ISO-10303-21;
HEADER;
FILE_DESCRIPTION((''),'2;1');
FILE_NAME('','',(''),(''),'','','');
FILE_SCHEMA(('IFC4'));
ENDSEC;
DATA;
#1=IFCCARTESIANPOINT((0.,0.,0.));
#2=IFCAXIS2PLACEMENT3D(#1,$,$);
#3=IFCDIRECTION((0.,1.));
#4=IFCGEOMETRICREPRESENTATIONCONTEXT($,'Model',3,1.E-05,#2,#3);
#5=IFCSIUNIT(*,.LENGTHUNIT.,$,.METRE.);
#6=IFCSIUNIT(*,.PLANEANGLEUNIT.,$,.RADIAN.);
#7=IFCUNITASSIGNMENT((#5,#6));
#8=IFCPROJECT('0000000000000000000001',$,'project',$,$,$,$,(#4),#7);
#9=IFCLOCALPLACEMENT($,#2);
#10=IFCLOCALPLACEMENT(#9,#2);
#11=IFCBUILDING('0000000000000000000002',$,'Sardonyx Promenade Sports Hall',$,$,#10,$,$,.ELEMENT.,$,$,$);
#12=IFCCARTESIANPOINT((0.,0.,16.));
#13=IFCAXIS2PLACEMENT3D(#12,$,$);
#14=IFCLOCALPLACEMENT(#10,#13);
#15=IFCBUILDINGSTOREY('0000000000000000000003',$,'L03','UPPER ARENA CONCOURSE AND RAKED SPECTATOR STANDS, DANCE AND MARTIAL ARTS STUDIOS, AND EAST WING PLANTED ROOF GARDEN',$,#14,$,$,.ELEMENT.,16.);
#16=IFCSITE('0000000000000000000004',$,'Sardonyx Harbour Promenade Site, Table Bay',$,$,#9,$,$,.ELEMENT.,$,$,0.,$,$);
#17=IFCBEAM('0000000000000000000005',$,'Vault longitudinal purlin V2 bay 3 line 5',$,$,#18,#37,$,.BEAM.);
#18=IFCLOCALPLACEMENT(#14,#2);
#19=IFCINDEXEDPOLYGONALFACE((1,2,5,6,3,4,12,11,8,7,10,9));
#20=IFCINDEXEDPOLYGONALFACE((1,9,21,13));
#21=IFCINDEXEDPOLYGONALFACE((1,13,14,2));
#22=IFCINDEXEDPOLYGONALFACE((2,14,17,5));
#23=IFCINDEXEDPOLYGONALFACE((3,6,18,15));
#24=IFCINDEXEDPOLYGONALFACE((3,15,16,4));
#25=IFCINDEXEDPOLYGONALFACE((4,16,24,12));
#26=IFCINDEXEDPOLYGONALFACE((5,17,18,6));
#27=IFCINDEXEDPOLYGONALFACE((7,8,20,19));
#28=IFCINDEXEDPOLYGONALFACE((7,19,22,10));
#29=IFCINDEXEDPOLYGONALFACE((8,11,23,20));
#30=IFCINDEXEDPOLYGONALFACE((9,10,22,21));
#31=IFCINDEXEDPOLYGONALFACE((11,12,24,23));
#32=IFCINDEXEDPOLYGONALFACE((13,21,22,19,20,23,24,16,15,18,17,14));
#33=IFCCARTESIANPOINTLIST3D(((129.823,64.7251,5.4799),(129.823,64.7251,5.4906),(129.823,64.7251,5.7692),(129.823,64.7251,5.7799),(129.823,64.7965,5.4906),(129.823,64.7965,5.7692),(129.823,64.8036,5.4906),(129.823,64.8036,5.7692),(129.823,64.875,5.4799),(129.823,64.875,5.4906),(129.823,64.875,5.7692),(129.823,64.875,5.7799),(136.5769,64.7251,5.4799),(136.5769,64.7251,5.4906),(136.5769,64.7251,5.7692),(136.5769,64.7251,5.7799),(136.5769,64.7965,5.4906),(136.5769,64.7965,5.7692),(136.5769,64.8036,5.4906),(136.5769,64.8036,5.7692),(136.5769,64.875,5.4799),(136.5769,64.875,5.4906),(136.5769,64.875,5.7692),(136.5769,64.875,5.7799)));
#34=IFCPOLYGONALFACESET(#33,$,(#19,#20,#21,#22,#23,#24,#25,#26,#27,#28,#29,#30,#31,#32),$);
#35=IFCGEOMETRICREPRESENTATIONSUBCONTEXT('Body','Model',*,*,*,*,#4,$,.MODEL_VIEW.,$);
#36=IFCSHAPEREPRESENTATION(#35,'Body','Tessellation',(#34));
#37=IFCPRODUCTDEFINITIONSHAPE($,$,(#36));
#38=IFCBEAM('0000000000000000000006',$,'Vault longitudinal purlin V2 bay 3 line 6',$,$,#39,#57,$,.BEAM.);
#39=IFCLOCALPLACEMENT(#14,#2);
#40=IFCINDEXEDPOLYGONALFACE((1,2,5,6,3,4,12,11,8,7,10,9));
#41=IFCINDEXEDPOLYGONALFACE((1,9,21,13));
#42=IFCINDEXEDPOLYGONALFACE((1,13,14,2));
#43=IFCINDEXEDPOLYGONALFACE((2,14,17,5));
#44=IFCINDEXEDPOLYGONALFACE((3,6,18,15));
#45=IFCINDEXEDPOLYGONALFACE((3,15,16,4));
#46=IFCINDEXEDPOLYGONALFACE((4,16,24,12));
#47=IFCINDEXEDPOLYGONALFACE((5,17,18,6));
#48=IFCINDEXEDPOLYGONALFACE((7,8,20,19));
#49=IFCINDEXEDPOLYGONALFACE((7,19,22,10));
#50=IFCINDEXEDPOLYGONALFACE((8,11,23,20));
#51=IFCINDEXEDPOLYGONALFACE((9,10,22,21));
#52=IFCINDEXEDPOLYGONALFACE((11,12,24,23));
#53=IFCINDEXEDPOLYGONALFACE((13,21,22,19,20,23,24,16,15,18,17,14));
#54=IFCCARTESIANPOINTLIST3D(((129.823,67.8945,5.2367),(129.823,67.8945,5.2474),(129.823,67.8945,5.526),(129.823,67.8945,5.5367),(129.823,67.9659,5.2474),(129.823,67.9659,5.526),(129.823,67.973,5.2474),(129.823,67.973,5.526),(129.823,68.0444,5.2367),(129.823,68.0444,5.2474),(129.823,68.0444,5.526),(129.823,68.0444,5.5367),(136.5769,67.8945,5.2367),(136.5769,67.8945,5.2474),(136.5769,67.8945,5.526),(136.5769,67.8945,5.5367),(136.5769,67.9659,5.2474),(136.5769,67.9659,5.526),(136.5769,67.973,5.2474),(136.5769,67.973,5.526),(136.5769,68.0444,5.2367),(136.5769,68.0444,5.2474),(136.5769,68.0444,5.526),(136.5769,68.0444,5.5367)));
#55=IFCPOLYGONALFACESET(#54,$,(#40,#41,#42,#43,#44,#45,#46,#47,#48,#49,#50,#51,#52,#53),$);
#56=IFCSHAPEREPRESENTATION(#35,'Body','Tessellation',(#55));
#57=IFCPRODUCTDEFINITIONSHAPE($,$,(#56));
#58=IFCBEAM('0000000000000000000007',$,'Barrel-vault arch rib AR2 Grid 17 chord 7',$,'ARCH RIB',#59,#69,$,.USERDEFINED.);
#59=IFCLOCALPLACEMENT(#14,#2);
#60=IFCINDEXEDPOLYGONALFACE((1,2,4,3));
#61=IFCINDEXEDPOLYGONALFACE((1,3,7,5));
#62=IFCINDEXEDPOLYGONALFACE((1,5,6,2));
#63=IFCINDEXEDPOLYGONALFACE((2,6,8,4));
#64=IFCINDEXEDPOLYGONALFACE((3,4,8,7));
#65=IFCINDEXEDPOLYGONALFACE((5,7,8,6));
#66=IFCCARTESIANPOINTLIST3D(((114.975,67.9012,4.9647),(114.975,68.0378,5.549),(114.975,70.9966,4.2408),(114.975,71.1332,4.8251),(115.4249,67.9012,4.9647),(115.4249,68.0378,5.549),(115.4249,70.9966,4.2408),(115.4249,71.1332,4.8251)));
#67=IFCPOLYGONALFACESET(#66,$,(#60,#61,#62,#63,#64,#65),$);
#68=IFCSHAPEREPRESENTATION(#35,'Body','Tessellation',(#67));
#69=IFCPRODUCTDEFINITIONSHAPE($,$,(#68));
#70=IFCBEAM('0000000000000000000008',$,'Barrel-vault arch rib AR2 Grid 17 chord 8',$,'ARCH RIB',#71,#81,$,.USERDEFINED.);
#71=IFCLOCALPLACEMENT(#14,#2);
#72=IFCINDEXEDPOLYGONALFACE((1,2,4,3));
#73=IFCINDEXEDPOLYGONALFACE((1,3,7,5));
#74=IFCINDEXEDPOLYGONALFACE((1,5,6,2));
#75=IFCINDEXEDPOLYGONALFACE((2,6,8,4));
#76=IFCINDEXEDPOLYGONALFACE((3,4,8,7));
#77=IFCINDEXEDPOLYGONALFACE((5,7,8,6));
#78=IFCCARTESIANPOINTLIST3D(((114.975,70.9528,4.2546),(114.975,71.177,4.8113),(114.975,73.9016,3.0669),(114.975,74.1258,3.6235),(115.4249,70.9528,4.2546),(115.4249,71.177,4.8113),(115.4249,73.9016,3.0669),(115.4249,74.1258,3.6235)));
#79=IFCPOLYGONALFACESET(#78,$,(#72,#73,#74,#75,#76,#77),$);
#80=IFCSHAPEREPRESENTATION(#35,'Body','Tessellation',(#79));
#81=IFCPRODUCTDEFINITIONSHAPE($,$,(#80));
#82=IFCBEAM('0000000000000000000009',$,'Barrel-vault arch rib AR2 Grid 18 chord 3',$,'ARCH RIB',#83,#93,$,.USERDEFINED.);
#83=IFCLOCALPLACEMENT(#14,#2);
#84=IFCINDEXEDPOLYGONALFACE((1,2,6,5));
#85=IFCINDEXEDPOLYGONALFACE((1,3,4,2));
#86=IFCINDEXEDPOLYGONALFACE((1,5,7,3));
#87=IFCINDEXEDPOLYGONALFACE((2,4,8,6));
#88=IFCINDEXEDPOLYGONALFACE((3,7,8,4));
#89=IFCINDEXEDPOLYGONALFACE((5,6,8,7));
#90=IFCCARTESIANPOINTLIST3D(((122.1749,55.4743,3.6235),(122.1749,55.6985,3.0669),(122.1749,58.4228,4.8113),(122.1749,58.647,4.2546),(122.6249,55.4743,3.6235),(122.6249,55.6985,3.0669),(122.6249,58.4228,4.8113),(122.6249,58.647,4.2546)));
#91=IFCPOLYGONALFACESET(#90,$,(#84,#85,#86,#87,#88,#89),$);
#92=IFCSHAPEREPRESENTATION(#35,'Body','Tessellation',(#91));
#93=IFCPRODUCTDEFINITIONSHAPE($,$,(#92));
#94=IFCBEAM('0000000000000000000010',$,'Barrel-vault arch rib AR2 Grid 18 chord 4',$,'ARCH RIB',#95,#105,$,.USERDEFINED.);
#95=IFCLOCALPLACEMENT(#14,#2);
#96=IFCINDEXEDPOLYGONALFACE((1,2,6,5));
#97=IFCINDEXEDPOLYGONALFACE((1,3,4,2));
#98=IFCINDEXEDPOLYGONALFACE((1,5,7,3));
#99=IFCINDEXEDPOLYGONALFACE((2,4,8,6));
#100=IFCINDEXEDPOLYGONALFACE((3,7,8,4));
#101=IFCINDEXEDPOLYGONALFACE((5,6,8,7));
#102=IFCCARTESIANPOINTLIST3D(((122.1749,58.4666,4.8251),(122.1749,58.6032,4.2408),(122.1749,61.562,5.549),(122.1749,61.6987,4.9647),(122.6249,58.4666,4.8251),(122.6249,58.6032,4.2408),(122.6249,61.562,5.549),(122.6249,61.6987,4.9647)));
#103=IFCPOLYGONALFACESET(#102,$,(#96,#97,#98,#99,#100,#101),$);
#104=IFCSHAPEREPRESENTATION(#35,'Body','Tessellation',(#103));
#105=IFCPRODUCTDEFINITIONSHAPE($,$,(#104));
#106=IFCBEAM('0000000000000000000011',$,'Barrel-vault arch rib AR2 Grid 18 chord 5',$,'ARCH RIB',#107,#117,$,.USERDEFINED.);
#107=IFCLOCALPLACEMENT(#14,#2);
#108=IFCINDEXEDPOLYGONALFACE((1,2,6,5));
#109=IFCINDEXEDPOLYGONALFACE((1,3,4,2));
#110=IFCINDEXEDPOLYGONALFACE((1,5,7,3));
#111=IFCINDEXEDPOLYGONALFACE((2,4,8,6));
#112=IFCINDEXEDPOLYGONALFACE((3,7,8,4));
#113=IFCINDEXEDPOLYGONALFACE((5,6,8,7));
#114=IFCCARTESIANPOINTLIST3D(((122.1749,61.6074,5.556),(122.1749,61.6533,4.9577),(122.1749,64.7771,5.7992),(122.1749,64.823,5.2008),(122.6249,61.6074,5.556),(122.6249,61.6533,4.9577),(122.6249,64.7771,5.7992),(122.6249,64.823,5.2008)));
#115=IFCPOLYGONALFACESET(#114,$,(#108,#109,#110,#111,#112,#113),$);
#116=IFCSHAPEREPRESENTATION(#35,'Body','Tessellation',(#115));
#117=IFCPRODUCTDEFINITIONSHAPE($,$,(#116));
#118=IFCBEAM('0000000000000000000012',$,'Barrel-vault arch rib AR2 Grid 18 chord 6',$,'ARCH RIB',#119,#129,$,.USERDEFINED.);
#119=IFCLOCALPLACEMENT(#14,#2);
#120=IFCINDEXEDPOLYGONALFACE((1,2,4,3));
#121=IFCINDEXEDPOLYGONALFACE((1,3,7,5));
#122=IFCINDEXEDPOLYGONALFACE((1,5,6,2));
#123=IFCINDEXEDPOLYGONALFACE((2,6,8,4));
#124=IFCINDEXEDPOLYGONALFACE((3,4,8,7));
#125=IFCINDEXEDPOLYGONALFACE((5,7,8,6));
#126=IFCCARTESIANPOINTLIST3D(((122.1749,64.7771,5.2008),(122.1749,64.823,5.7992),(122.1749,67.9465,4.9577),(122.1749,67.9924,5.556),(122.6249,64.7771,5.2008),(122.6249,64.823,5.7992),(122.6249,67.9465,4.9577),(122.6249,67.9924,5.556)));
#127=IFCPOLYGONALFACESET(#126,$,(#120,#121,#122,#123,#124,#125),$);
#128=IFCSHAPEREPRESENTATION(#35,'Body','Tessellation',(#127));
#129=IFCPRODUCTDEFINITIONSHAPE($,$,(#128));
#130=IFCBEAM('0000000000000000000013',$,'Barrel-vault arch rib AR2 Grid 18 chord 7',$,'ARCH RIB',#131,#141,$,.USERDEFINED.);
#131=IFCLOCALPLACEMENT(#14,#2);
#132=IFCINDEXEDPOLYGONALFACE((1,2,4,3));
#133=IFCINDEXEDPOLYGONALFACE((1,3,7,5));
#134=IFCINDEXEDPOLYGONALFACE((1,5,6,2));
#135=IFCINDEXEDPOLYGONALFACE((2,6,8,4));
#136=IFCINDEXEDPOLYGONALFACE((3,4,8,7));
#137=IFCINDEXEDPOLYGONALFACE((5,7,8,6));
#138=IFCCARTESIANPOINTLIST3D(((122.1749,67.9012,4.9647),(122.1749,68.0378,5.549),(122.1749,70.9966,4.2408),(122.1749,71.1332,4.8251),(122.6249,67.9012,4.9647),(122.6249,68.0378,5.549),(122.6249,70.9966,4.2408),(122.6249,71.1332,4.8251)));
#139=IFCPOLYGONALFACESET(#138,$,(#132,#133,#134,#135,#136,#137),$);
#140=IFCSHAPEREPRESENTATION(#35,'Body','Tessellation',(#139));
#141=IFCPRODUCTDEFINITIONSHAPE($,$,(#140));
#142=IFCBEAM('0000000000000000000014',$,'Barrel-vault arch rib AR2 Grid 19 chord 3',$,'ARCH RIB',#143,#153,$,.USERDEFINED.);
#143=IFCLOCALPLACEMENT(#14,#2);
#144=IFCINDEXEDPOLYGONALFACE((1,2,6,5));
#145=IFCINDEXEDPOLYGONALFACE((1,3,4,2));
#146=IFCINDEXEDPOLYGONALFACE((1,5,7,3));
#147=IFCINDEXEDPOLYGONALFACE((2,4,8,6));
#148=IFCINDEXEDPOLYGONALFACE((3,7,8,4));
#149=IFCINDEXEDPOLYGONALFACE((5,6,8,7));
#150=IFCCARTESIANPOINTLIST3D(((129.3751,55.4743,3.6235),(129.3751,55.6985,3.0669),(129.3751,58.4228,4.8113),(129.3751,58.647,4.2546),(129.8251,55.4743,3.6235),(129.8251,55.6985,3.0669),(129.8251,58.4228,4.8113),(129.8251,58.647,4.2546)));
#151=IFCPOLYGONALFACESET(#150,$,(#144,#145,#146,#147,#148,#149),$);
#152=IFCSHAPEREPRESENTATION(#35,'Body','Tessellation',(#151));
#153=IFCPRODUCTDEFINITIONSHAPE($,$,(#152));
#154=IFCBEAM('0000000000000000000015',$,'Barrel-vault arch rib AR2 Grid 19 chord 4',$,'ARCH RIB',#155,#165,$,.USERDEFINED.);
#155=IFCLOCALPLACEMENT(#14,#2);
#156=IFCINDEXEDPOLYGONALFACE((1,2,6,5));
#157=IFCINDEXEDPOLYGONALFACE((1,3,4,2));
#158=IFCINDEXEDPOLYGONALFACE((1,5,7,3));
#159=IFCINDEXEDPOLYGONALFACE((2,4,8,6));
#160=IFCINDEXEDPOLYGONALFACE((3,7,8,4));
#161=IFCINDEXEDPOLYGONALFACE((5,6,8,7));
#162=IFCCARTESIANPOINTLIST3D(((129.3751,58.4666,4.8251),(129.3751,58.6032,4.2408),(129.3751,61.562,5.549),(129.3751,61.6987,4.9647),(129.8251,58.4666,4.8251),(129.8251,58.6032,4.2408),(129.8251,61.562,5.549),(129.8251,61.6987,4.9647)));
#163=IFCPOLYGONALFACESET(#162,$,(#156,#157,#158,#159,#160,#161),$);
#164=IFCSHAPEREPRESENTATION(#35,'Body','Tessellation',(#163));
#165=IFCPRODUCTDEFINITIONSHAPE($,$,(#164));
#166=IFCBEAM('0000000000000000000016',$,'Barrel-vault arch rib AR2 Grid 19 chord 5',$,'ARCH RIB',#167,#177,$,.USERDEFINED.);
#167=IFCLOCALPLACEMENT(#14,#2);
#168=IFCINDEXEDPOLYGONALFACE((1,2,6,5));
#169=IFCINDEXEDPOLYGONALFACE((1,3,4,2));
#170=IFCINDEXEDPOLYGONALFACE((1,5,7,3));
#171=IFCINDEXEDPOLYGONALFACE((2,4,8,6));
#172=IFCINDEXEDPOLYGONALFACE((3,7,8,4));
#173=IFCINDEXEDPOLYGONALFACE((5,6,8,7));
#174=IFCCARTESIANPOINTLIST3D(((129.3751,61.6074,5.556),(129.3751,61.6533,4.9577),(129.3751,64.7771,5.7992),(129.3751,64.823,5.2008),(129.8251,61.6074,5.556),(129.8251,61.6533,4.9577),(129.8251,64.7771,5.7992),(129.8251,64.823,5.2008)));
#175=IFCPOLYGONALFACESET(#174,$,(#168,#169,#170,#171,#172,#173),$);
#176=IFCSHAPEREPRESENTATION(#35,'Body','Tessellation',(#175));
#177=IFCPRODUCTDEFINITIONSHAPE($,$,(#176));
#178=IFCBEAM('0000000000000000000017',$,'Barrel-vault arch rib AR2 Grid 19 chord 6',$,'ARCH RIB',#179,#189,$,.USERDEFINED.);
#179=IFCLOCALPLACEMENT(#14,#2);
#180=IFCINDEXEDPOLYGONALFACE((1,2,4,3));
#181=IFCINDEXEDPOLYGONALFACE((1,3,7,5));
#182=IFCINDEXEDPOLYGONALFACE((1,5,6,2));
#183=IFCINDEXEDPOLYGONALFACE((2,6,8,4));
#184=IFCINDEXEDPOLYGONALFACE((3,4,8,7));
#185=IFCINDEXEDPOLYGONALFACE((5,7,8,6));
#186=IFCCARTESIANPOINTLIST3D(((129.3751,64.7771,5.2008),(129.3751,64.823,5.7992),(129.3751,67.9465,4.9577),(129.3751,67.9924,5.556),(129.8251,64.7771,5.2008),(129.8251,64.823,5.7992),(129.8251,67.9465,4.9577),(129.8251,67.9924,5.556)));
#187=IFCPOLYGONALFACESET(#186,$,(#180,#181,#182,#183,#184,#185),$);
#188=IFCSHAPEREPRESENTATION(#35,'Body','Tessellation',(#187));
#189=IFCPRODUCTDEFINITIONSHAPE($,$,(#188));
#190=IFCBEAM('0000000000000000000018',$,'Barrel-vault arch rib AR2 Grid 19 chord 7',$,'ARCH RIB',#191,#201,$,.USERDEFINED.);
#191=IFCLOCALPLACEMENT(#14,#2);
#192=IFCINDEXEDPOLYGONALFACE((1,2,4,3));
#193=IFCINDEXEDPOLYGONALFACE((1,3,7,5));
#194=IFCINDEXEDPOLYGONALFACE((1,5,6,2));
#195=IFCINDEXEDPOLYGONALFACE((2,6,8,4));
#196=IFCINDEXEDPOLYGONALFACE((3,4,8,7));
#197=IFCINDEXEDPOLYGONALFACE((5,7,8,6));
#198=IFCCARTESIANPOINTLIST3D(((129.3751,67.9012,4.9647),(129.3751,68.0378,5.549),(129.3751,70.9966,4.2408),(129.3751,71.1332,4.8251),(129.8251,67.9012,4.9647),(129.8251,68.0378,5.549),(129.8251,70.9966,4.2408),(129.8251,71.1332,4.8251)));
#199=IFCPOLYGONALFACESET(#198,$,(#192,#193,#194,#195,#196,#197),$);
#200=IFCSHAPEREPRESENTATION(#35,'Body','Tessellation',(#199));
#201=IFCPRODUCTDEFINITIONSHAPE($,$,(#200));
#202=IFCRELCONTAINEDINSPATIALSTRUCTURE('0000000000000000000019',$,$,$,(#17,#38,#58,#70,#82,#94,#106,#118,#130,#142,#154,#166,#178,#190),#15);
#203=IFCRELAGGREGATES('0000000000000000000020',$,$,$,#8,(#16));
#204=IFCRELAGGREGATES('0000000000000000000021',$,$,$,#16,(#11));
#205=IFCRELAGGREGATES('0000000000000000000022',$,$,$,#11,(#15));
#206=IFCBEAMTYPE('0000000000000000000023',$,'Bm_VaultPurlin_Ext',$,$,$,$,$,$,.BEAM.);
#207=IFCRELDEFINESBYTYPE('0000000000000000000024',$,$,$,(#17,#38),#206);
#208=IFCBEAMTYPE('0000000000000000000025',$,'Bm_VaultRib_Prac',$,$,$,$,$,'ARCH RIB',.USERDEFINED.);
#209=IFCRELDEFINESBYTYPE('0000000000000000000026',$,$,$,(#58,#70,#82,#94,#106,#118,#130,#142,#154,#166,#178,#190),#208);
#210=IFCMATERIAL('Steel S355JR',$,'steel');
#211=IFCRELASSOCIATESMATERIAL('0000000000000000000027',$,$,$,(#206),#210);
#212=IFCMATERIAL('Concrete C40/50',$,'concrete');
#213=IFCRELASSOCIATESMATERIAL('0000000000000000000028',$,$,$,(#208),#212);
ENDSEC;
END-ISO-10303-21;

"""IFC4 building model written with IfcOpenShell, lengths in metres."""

from ifc_helpers import new_model, si_unit, direction, frame, origin, origin_2d, place, context, subcontext, project, spatial, rectangle, i_section, extrude, material, material_profile, profile_set, type_object, element, save


model = new_model("IFC4")

# Units and contexts
model_context = context("Model", 3, precision=1e-05, world=origin(), true_north=direction((0.0, 1.0)))
body_context = subcontext(model_context, "Body", "Model", "MODEL_VIEW")
ifc_project = project(units=[si_unit("LENGTHUNIT", "METRE"), si_unit("PLANEANGLEUNIT", "RADIAN")], contexts=[model_context])

# Site, building, storey
site_placement = place(None, origin())
site = spatial("IfcSite", under=ifc_project, at=site_placement, Name="Sardonyx Harbour Promenade Site, Table Bay", CompositionType="ELEMENT", RefElevation=0.0)
building_placement = place(site_placement, origin())
building = spatial("IfcBuilding", under=site, at=building_placement, Name="Sardonyx Promenade Sports Hall", CompositionType="ELEMENT")
storey_placement = place(building_placement, frame((0.0, 0.0, 16.0)))
storey = spatial("IfcBuildingStorey", under=building, at=storey_placement, Name="L03", Description="UPPER ARENA CONCOURSE AND RAKED SPECTATOR STANDS, DANCE AND MARTIAL ARTS STUDIOS, AND EAST WING PLANTED ROOF GARDEN", CompositionType="ELEMENT", Elevation=16.0)

# Beams
ifc_material_1 = material(Name="Steel S355JR", Category="steel")
ifc_material_profile_1 = material_profile(ifc_material_1, i_section(OverallWidth=0.1499, OverallDepth=0.3, WebThickness=0.0071, FlangeThickness=0.0107, at=origin_2d()))
ifc_profile_set_1 = profile_set([ifc_material_profile_1], Name="Steel S355JR")
beam_type_1 = type_object("IfcBeamType", Name="Bm_VaultPurlin_Ext", PredefinedType="BEAM", material=ifc_profile_set_1)
for number, where, z_axis, x_axis, name in (
    (1, (129.823, 64.8, 5.6299), (1.0, 0.0, 0.0), (0.0, 1.0, 0.0), "Vault longitudinal purlin V2 bay 3 line 5"),
    (2, (129.823, 67.9695, 5.3867), (1.0, 0.0, 0.0), (0.0, 1.0, 0.0), "Vault longitudinal purlin V2 bay 3 line 6"),
):
    element("IfcBeam", number, at=place(storey_placement, frame(where, z_axis=z_axis, x_axis=x_axis)), inside=storey, type_object=beam_type_1, Name=name, PredefinedType="BEAM", context=body_context, shape_type="SweptSolid", body=[
        extrude(i_section(OverallWidth=0.1499, OverallDepth=0.3, WebThickness=0.0071, FlangeThickness=0.0107, at=origin_2d()), origin(), (0.0, 0.0, 1.0), 6.7539),
    ])
ifc_material_2 = material(Name="Concrete C40/50", Category="concrete")
ifc_material_profile_2 = material_profile(ifc_material_2, rectangle(XDim=0.45, YDim=0.6001, at=origin_2d()))
ifc_profile_set_2 = profile_set([ifc_material_profile_2], Name="Concrete C40/50")
beam_type_2 = type_object("IfcBeamType", Name="Bm_VaultRib_Prac", ElementType="ARCH RIB", PredefinedType="USERDEFINED", material=ifc_profile_set_2)
for number, where, z_axis, x_axis, name in (
    (3, (115.2, 67.9695, 5.2568), (0.0, 0.973729, -0.227708), (-1.0, 0.0, 0.0), "Barrel-vault arch rib AR2 Grid 17 chord 7"),
    (4, (115.2, 71.0649, 4.533), (0.0, 0.927579, -0.373627), (-1.0, 0.0, 0.0), "Barrel-vault arch rib AR2 Grid 17 chord 8"),
):
    element("IfcBeam", number, at=place(storey_placement, frame(where, z_axis=z_axis, x_axis=x_axis)), inside=storey, type_object=beam_type_2, Name=name, ObjectType="ARCH RIB", PredefinedType="USERDEFINED", context=body_context, shape_type="SweptSolid", body=[
        extrude(rectangle(XDim=0.45, YDim=0.6001, at=origin_2d()), origin(), (0.0, 0.0, 1.0), 3.179),
    ])
beam_1_placement = place(storey_placement, frame((122.3999, 55.5864, 3.3452), z_axis=(0.0, 0.927568, 0.373654), x_axis=(-1.0, 0.0, 0.0)))
element("IfcBeam", 5, at=beam_1_placement, inside=storey, type_object=beam_type_2, Name="Barrel-vault arch rib AR2 Grid 18 chord 3", ObjectType="ARCH RIB", PredefinedType="USERDEFINED", context=body_context, shape_type="SweptSolid", body=[
    extrude(rectangle(XDim=0.45, YDim=0.6001, at=origin_2d()), origin(), (0.0, 0.0, 1.0), 3.1787),
])
for number, where, z_axis, x_axis, name in (
    (6, (122.3999, 58.5349, 4.533), (0.0, 0.973729, 0.227708), (-1.0, 0.0, 0.0), "Barrel-vault arch rib AR2 Grid 18 chord 4"),
    (7, (122.3999, 61.6304, 5.2568), (0.0, 0.99707, 0.076491), (-1.0, 0.0, 0.0), "Barrel-vault arch rib AR2 Grid 18 chord 5"),
):
    element("IfcBeam", number, at=place(storey_placement, frame(where, z_axis=z_axis, x_axis=x_axis)), inside=storey, type_object=beam_type_2, Name=name, ObjectType="ARCH RIB", PredefinedType="USERDEFINED", context=body_context, shape_type="SweptSolid", body=[
        extrude(rectangle(XDim=0.45, YDim=0.6001, at=origin_2d()), origin(), (0.0, 0.0, 1.0), 3.179),
    ])
beam_2_placement = place(storey_placement, frame((122.3999, 64.8, 5.5), z_axis=(0.0, 0.99707, -0.076497), x_axis=(-1.0, 0.0, 0.0)))
element("IfcBeam", 8, at=beam_2_placement, inside=storey, type_object=beam_type_2, Name="Barrel-vault arch rib AR2 Grid 18 chord 6", ObjectType="ARCH RIB", PredefinedType="USERDEFINED", context=body_context, shape_type="SweptSolid", body=[
    extrude(rectangle(XDim=0.45, YDim=0.6001, at=origin_2d()), origin(), (0.0, 0.0, 1.0), 3.1787),
])
beam_3_placement = place(storey_placement, frame((122.3999, 67.9695, 5.2568), z_axis=(0.0, 0.973729, -0.227708), x_axis=(-1.0, 0.0, 0.0)))
element("IfcBeam", 9, at=beam_3_placement, inside=storey, type_object=beam_type_2, Name="Barrel-vault arch rib AR2 Grid 18 chord 7", ObjectType="ARCH RIB", PredefinedType="USERDEFINED", context=body_context, shape_type="SweptSolid", body=[
    extrude(rectangle(XDim=0.45, YDim=0.6001, at=origin_2d()), origin(), (0.0, 0.0, 1.0), 3.179),
])
beam_4_placement = place(storey_placement, frame((129.6001, 55.5864, 3.3452), z_axis=(0.0, 0.927568, 0.373654), x_axis=(-1.0, 0.0, 0.0)))
element("IfcBeam", 10, at=beam_4_placement, inside=storey, type_object=beam_type_2, Name="Barrel-vault arch rib AR2 Grid 19 chord 3", ObjectType="ARCH RIB", PredefinedType="USERDEFINED", context=body_context, shape_type="SweptSolid", body=[
    extrude(rectangle(XDim=0.45, YDim=0.6001, at=origin_2d()), origin(), (0.0, 0.0, 1.0), 3.1787),
])
for number, where, z_axis, x_axis, name in (
    (11, (129.6001, 58.5349, 4.533), (0.0, 0.973729, 0.227708), (-1.0, 0.0, 0.0), "Barrel-vault arch rib AR2 Grid 19 chord 4"),
    (12, (129.6001, 61.6304, 5.2568), (0.0, 0.99707, 0.076491), (-1.0, 0.0, 0.0), "Barrel-vault arch rib AR2 Grid 19 chord 5"),
):
    element("IfcBeam", number, at=place(storey_placement, frame(where, z_axis=z_axis, x_axis=x_axis)), inside=storey, type_object=beam_type_2, Name=name, ObjectType="ARCH RIB", PredefinedType="USERDEFINED", context=body_context, shape_type="SweptSolid", body=[
        extrude(rectangle(XDim=0.45, YDim=0.6001, at=origin_2d()), origin(), (0.0, 0.0, 1.0), 3.179),
    ])
beam_5_placement = place(storey_placement, frame((129.6001, 64.8, 5.5), z_axis=(0.0, 0.99707, -0.076497), x_axis=(-1.0, 0.0, 0.0)))
element("IfcBeam", 13, at=beam_5_placement, inside=storey, type_object=beam_type_2, Name="Barrel-vault arch rib AR2 Grid 19 chord 6", ObjectType="ARCH RIB", PredefinedType="USERDEFINED", context=body_context, shape_type="SweptSolid", body=[
    extrude(rectangle(XDim=0.45, YDim=0.6001, at=origin_2d()), origin(), (0.0, 0.0, 1.0), 3.1787),
])
beam_6_placement = place(storey_placement, frame((129.6001, 67.9695, 5.2568), z_axis=(0.0, 0.973729, -0.227708), x_axis=(-1.0, 0.0, 0.0)))
element("IfcBeam", 14, at=beam_6_placement, inside=storey, type_object=beam_type_2, Name="Barrel-vault arch rib AR2 Grid 19 chord 7", ObjectType="ARCH RIB", PredefinedType="USERDEFINED", context=body_context, shape_type="SweptSolid", body=[
    extrude(rectangle(XDim=0.45, YDim=0.6001, at=origin_2d()), origin(), (0.0, 0.0, 1.0), 3.179),
])

save(model, "model.ifc")
